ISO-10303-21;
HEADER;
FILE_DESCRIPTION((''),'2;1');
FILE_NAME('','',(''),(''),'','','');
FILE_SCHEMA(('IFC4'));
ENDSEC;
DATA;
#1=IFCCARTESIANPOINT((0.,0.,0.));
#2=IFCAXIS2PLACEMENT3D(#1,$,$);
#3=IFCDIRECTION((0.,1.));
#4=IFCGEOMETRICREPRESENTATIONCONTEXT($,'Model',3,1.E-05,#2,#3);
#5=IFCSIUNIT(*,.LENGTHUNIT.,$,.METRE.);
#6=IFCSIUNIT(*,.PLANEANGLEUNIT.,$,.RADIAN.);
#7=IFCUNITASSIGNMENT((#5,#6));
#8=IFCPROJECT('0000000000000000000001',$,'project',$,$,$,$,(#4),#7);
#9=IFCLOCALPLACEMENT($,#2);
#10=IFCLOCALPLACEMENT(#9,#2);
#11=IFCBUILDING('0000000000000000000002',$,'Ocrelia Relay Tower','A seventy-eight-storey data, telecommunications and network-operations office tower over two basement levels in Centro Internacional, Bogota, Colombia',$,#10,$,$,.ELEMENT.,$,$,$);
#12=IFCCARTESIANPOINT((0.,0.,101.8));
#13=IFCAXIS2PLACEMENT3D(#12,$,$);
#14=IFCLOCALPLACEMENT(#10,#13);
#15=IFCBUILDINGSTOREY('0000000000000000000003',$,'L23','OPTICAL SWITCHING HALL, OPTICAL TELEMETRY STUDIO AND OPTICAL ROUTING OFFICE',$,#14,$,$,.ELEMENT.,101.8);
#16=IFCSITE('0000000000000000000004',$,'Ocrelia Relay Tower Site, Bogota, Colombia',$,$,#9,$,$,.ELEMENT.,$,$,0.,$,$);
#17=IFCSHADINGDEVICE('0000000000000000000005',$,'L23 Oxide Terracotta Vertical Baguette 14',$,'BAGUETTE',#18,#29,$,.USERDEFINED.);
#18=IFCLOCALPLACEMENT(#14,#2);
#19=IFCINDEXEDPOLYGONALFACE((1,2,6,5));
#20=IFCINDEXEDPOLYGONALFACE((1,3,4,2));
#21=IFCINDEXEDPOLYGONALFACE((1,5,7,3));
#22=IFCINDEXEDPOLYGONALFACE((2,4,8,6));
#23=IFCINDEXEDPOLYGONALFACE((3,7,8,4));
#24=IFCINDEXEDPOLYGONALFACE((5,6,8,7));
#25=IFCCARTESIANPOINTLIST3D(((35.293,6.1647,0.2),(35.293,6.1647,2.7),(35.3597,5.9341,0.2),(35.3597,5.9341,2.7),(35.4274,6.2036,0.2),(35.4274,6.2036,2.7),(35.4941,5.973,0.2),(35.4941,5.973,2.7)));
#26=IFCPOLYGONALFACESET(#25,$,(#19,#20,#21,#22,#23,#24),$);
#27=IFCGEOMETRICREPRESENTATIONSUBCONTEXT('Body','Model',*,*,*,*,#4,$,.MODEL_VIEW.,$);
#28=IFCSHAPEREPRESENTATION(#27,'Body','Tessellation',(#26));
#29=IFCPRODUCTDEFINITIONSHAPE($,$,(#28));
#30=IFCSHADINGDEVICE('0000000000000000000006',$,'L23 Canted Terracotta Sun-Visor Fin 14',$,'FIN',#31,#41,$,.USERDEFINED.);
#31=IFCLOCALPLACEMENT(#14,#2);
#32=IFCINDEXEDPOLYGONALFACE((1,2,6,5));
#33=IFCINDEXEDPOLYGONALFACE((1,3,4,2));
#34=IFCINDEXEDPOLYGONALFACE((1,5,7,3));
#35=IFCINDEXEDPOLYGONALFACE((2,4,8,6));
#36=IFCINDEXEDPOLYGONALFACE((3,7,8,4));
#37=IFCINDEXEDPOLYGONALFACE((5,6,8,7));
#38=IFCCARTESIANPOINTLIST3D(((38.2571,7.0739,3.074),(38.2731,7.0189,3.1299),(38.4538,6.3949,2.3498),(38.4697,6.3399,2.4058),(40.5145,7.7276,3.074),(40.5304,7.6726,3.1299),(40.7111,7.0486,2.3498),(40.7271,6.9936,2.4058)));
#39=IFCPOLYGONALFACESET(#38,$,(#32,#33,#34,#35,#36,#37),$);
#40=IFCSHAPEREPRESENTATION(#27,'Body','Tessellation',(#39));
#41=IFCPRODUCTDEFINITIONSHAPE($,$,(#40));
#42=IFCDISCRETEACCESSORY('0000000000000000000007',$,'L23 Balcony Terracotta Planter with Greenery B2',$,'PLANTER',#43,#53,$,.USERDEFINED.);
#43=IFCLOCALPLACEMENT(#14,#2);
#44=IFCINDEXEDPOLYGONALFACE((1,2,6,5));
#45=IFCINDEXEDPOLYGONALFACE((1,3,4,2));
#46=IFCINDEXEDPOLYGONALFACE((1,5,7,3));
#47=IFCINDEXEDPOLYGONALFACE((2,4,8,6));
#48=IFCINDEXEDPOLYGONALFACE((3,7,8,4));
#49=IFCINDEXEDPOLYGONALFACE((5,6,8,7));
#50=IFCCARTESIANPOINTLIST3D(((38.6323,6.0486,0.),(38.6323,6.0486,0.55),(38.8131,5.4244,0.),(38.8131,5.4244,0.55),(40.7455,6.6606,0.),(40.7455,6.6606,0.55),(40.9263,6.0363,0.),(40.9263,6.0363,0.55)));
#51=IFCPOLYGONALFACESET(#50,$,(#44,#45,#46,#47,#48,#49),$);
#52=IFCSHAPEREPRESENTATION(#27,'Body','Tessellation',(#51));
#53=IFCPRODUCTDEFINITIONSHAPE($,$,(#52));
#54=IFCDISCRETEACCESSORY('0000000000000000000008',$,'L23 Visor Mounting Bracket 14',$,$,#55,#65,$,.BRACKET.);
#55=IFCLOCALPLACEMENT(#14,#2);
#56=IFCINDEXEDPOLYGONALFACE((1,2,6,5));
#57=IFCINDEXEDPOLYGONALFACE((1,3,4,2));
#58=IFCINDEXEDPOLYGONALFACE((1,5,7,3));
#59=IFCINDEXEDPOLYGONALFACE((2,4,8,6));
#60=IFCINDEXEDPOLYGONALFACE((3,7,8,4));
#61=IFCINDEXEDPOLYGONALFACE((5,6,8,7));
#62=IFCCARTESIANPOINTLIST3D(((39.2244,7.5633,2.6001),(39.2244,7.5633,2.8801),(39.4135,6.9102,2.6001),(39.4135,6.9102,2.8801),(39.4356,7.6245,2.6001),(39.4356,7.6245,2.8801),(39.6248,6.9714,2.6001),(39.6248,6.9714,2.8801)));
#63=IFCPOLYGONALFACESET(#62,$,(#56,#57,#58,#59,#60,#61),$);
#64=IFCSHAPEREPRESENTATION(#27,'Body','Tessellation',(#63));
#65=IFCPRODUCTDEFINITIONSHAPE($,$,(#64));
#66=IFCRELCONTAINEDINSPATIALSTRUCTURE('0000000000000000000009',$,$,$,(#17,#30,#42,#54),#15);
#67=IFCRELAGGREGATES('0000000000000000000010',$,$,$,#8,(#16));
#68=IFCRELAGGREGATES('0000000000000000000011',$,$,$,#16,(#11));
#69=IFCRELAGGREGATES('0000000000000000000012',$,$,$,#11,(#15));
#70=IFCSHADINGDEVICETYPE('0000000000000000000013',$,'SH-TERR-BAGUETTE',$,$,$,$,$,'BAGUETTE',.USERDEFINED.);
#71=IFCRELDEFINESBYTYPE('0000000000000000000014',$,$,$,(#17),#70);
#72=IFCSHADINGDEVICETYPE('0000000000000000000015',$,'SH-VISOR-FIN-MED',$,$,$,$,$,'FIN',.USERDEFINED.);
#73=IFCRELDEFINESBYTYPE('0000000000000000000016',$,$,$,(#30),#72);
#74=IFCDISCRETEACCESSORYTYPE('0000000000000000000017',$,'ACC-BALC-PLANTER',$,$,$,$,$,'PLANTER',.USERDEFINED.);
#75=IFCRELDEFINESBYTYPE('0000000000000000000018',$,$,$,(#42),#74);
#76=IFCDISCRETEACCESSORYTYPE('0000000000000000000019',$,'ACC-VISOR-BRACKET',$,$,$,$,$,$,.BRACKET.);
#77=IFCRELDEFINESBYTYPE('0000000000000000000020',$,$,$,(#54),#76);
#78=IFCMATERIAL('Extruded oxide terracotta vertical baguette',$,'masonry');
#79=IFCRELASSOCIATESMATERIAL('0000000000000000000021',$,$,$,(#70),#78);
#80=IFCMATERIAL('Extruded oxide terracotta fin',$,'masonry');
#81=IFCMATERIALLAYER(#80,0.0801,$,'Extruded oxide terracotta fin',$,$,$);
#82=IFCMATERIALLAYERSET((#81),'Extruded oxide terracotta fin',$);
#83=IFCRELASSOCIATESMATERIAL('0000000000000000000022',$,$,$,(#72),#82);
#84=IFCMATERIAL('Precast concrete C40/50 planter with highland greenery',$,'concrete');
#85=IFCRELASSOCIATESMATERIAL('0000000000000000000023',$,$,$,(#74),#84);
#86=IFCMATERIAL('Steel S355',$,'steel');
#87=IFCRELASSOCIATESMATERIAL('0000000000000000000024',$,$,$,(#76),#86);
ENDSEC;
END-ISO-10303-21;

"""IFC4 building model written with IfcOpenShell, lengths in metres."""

from ifc_helpers import new_model, si_unit, direction, frame, origin, origin_2d, place, context, subcontext, project, spatial, rectangle, extrude, material, layer, layer_set, type_object, element, save


model = new_model("IFC4")

# Units and contexts
model_context = context("Model", 3, precision=1e-05, world=origin(), true_north=direction((0.0, 1.0)))
body_context = subcontext(model_context, "Body", "Model", "MODEL_VIEW")
ifc_project = project(units=[si_unit("LENGTHUNIT", "METRE"), si_unit("PLANEANGLEUNIT", "RADIAN")], contexts=[model_context])

# Site, building, storey
site_placement = place(None, origin())
site = spatial("IfcSite", under=ifc_project, at=site_placement, Name="Ocrelia Relay Tower Site, Bogota, Colombia", CompositionType="ELEMENT", RefElevation=0.0)
building_placement = place(site_placement, origin())
building = spatial("IfcBuilding", under=site, at=building_placement, Name="Ocrelia Relay Tower", Description="A seventy-eight-storey data, telecommunications and network-operations office tower over two basement levels in Centro Internacional, Bogota, Colombia", CompositionType="ELEMENT")
storey_placement = place(building_placement, frame((0.0, 0.0, 101.8)))
storey = spatial("IfcBuildingStorey", under=building, at=storey_placement, Name="L23", Description="OPTICAL SWITCHING HALL, OPTICAL TELEMETRY STUDIO AND OPTICAL ROUTING OFFICE", CompositionType="ELEMENT", Elevation=101.8)

# Shared definitions
ifc_material_1 = material(Name="Steel S355", Category="steel")

# Shading devices
ifc_material_2 = material(Name="Extruded oxide terracotta vertical baguette", Category="masonry")
shading_device_type_1 = type_object("IfcShadingDeviceType", Name="SH-TERR-BAGUETTE", ElementType="BAGUETTE", PredefinedType="USERDEFINED", material=ifc_material_2)
shading_device_1_placement = place(storey_placement, frame((35.3936, 6.0688, 0.2), z_axis=(0.0, 0.0, 1.0), x_axis=(0.960537, 0.278154, 0.0)))
element("IfcShadingDevice", 1, at=shading_device_1_placement, inside=storey, type_object=shading_device_type_1, Name="L23 Oxide Terracotta Vertical Baguette 14", ObjectType="BAGUETTE", PredefinedType="USERDEFINED", context=body_context, shape_type="SweptSolid", body=[
    extrude(rectangle(XDim=0.1399, YDim=0.24, at=origin_2d()), origin(), (0.0, 0.0, 1.0), 2.5),
])
ifc_material_3 = material(Name="Extruded oxide terracotta fin", Category="masonry")
ifc_layer_1 = layer(ifc_material_3, 0.0801, Name="Extruded oxide terracotta fin")
ifc_layer_set_1 = layer_set([ifc_layer_1], Name="Extruded oxide terracotta fin")
shading_device_type_2 = type_object("IfcShadingDeviceType", Name="SH-VISOR-FIN-MED", ElementType="FIN", PredefinedType="USERDEFINED", material=ifc_layer_set_1)
shading_device_2_placement = place(storey_placement, frame((39.4841, 7.0613, 2.7119), z_axis=(0.199039, -0.687332, 0.69854), x_axis=(0.960537, 0.278154, 0.0)))
element("IfcShadingDevice", 2, at=shading_device_2_placement, inside=storey, type_object=shading_device_type_2, Name="L23 Canted Terracotta Sun-Visor Fin 14", ObjectType="FIN", PredefinedType="USERDEFINED", context=body_context, shape_type="SweptSolid", body=[
    extrude(rectangle(XDim=2.3501, YDim=1.012, at=origin_2d()), origin(), (0.0, 0.0, 1.0), 0.0801),
])

# Discrete accessories
ifc_material_4 = material(Name="Precast concrete C40/50 planter with highland greenery", Category="concrete")
discrete_accessory_type_1 = type_object("IfcDiscreteAccessoryType", Name="ACC-BALC-PLANTER", ElementType="PLANTER", PredefinedType="USERDEFINED", material=ifc_material_4)
discrete_accessory_1_placement = place(storey_placement, frame((39.7793, 6.0425, 0.0), z_axis=(0.0, 0.0, 1.0), x_axis=(-0.960535, -0.278159, 0.0)))
element("IfcDiscreteAccessory", 3, at=discrete_accessory_1_placement, inside=storey, type_object=discrete_accessory_type_1, Name="L23 Balcony Terracotta Planter with Greenery B2", ObjectType="PLANTER", PredefinedType="USERDEFINED", context=body_context, shape_type="SweptSolid", body=[
    extrude(rectangle(XDim=2.2, YDim=0.6499, at=origin_2d()), origin(), (0.0, 0.0, 1.0), 0.55),
])
discrete_accessory_type_2 = type_object("IfcDiscreteAccessoryType", Name="ACC-VISOR-BRACKET", PredefinedType="BRACKET", material=ifc_material_1)
discrete_accessory_2_placement = place(storey_placement, frame((39.4246, 7.2673, 2.6001), z_axis=(0.0, 0.0, 1.0), x_axis=(0.960537, 0.278154, 0.0)))
element("IfcDiscreteAccessory", 4, at=discrete_accessory_2_placement, inside=storey, type_object=discrete_accessory_type_2, Name="L23 Visor Mounting Bracket 14", PredefinedType="BRACKET", context=body_context, shape_type="SweptSolid", body=[
    extrude(rectangle(XDim=0.22, YDim=0.6799, at=origin_2d()), origin(), (0.0, 0.0, 1.0), 0.28),
])

save(model, "model.ifc")
